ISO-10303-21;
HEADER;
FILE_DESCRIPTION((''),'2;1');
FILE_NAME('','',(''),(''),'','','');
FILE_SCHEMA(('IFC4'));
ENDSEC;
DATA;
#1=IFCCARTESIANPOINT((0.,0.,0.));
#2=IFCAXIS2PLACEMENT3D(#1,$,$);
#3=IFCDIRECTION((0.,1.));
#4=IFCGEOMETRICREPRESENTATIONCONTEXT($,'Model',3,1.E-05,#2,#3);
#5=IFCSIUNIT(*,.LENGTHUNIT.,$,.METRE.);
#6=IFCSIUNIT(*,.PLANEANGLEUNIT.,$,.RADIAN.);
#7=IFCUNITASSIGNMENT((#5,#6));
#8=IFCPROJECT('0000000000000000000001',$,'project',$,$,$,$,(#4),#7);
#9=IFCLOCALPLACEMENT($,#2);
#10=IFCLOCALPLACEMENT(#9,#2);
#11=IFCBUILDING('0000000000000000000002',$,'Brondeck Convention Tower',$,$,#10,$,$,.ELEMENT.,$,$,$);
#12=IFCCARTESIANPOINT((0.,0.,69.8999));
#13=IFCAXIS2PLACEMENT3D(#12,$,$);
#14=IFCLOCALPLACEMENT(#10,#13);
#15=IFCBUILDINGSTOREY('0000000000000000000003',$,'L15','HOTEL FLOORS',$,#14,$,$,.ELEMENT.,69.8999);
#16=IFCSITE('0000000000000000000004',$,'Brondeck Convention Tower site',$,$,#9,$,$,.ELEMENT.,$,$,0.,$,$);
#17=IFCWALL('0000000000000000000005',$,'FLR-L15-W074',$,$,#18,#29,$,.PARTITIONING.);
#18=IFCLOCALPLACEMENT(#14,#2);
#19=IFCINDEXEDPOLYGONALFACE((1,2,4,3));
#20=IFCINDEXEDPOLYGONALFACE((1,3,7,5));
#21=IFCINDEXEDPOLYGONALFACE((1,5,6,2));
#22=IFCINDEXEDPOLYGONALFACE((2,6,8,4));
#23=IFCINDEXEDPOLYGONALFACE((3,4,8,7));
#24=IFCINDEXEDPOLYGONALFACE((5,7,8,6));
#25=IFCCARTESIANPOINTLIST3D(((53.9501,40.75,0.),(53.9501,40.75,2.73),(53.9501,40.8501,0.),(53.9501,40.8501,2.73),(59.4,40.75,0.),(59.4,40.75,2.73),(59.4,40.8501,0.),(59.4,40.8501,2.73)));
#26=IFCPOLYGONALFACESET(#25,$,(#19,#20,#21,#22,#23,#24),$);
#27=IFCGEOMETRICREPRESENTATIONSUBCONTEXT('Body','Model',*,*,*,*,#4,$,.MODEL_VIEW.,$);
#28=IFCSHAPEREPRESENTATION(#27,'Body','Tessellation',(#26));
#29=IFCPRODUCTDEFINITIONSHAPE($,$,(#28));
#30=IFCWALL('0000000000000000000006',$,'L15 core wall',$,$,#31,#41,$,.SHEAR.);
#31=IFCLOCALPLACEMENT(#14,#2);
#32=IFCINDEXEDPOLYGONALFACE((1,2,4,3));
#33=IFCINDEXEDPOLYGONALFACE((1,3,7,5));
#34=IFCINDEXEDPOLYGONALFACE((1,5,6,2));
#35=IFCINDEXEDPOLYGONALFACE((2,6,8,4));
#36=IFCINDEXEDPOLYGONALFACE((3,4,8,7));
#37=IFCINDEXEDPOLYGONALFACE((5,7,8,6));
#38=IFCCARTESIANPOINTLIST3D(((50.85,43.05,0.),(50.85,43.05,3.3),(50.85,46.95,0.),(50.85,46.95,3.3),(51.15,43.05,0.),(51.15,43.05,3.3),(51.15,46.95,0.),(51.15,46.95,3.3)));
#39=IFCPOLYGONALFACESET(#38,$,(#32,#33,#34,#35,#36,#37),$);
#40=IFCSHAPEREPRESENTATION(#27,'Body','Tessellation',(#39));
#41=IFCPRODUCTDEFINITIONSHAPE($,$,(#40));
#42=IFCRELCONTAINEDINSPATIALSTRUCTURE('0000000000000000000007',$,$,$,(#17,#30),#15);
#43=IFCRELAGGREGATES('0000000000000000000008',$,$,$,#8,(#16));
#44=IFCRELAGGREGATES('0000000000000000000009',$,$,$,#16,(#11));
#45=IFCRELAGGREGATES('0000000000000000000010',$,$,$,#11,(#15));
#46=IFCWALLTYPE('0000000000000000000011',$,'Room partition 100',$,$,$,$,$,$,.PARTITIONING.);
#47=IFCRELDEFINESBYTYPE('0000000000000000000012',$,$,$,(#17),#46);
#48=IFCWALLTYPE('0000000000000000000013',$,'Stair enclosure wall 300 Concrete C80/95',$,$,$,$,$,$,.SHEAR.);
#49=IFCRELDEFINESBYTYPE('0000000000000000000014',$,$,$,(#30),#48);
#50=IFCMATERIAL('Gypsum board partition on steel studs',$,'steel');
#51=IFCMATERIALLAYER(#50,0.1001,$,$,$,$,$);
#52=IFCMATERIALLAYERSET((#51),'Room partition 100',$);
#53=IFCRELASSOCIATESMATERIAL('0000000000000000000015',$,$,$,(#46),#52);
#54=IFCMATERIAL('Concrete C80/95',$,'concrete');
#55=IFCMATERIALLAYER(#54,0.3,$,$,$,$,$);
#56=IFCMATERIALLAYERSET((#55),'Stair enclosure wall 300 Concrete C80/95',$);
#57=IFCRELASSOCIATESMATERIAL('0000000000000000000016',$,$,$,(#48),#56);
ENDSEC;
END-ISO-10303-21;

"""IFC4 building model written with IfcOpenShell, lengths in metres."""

from ifc_helpers import new_model, si_unit, direction, frame, frame_2d, origin, place, context, subcontext, project, spatial, rectangle, extrude, material, layer, layer_set, type_object, element, save


model = new_model("IFC4")

# Units and contexts
model_context = context("Model", 3, precision=1e-05, world=origin(), true_north=direction((0.0, 1.0)))
body_context = subcontext(model_context, "Body", "Model", "MODEL_VIEW")
ifc_project = project(units=[si_unit("LENGTHUNIT", "METRE"), si_unit("PLANEANGLEUNIT", "RADIAN")], contexts=[model_context])

# Site, building, storey
site_placement = place(None, origin())
site = spatial("IfcSite", under=ifc_project, at=site_placement, Name="Brondeck Convention Tower site", CompositionType="ELEMENT", RefElevation=0.0)
building_placement = place(site_placement, origin())
building = spatial("IfcBuilding", under=site, at=building_placement, Name="Brondeck Convention Tower", CompositionType="ELEMENT")
storey_placement = place(building_placement, frame((0.0, 0.0, 69.8999)))
storey = spatial("IfcBuildingStorey", under=building, at=storey_placement, Name="L15", Description="HOTEL FLOORS", CompositionType="ELEMENT", Elevation=69.8999)

# Shared definitions
ifc_material_1 = material(Name="Concrete C80/95", Category="concrete")

# Walls
ifc_material_2 = material(Name="Gypsum board partition on steel studs", Category="steel")
ifc_layer_1 = layer(ifc_material_2, 0.1001)
ifc_layer_set_1 = layer_set([ifc_layer_1], Name="Room partition 100")
wall_type_1 = type_object("IfcWallType", Name="Room partition 100", PredefinedType="PARTITIONING", material=ifc_layer_set_1)
wall_1_placement = place(storey_placement, frame((53.95, 40.8, 0.0), z_axis=(0.0, 0.0, 1.0), x_axis=(1.0, 0.0, 0.0)))
element("IfcWall", 1, at=wall_1_placement, inside=storey, type_object=wall_type_1, Name="FLR-L15-W074", PredefinedType="PARTITIONING", context=body_context, shape_type="SweptSolid", body=[
    extrude(rectangle(XDim=5.45, YDim=0.1001, at=frame_2d((2.7251, 0.0))), origin(), (0.0, 0.0, 1.0), 2.73),
])
ifc_layer_2 = layer(ifc_material_1, 0.3)
ifc_layer_set_2 = layer_set([ifc_layer_2], Name="Stair enclosure wall 300 Concrete C80/95")
wall_type_2 = type_object("IfcWallType", Name="Stair enclosure wall 300 Concrete C80/95", PredefinedType="SHEAR", material=ifc_layer_set_2)
wall_2_placement = place(storey_placement, frame((51.0, 43.05, 0.0), z_axis=(0.0, 0.0, 1.0), x_axis=(0.0, 1.0, 0.0)))
element("IfcWall", 2, at=wall_2_placement, inside=storey, type_object=wall_type_2, Name="L15 core wall", PredefinedType="SHEAR", context=body_context, shape_type="SweptSolid", body=[
    extrude(rectangle(XDim=3.8999, YDim=0.3, at=frame_2d((1.95, 0.0))), origin(), (0.0, 0.0, 1.0), 3.3),
])

save(model, "model.ifc")
